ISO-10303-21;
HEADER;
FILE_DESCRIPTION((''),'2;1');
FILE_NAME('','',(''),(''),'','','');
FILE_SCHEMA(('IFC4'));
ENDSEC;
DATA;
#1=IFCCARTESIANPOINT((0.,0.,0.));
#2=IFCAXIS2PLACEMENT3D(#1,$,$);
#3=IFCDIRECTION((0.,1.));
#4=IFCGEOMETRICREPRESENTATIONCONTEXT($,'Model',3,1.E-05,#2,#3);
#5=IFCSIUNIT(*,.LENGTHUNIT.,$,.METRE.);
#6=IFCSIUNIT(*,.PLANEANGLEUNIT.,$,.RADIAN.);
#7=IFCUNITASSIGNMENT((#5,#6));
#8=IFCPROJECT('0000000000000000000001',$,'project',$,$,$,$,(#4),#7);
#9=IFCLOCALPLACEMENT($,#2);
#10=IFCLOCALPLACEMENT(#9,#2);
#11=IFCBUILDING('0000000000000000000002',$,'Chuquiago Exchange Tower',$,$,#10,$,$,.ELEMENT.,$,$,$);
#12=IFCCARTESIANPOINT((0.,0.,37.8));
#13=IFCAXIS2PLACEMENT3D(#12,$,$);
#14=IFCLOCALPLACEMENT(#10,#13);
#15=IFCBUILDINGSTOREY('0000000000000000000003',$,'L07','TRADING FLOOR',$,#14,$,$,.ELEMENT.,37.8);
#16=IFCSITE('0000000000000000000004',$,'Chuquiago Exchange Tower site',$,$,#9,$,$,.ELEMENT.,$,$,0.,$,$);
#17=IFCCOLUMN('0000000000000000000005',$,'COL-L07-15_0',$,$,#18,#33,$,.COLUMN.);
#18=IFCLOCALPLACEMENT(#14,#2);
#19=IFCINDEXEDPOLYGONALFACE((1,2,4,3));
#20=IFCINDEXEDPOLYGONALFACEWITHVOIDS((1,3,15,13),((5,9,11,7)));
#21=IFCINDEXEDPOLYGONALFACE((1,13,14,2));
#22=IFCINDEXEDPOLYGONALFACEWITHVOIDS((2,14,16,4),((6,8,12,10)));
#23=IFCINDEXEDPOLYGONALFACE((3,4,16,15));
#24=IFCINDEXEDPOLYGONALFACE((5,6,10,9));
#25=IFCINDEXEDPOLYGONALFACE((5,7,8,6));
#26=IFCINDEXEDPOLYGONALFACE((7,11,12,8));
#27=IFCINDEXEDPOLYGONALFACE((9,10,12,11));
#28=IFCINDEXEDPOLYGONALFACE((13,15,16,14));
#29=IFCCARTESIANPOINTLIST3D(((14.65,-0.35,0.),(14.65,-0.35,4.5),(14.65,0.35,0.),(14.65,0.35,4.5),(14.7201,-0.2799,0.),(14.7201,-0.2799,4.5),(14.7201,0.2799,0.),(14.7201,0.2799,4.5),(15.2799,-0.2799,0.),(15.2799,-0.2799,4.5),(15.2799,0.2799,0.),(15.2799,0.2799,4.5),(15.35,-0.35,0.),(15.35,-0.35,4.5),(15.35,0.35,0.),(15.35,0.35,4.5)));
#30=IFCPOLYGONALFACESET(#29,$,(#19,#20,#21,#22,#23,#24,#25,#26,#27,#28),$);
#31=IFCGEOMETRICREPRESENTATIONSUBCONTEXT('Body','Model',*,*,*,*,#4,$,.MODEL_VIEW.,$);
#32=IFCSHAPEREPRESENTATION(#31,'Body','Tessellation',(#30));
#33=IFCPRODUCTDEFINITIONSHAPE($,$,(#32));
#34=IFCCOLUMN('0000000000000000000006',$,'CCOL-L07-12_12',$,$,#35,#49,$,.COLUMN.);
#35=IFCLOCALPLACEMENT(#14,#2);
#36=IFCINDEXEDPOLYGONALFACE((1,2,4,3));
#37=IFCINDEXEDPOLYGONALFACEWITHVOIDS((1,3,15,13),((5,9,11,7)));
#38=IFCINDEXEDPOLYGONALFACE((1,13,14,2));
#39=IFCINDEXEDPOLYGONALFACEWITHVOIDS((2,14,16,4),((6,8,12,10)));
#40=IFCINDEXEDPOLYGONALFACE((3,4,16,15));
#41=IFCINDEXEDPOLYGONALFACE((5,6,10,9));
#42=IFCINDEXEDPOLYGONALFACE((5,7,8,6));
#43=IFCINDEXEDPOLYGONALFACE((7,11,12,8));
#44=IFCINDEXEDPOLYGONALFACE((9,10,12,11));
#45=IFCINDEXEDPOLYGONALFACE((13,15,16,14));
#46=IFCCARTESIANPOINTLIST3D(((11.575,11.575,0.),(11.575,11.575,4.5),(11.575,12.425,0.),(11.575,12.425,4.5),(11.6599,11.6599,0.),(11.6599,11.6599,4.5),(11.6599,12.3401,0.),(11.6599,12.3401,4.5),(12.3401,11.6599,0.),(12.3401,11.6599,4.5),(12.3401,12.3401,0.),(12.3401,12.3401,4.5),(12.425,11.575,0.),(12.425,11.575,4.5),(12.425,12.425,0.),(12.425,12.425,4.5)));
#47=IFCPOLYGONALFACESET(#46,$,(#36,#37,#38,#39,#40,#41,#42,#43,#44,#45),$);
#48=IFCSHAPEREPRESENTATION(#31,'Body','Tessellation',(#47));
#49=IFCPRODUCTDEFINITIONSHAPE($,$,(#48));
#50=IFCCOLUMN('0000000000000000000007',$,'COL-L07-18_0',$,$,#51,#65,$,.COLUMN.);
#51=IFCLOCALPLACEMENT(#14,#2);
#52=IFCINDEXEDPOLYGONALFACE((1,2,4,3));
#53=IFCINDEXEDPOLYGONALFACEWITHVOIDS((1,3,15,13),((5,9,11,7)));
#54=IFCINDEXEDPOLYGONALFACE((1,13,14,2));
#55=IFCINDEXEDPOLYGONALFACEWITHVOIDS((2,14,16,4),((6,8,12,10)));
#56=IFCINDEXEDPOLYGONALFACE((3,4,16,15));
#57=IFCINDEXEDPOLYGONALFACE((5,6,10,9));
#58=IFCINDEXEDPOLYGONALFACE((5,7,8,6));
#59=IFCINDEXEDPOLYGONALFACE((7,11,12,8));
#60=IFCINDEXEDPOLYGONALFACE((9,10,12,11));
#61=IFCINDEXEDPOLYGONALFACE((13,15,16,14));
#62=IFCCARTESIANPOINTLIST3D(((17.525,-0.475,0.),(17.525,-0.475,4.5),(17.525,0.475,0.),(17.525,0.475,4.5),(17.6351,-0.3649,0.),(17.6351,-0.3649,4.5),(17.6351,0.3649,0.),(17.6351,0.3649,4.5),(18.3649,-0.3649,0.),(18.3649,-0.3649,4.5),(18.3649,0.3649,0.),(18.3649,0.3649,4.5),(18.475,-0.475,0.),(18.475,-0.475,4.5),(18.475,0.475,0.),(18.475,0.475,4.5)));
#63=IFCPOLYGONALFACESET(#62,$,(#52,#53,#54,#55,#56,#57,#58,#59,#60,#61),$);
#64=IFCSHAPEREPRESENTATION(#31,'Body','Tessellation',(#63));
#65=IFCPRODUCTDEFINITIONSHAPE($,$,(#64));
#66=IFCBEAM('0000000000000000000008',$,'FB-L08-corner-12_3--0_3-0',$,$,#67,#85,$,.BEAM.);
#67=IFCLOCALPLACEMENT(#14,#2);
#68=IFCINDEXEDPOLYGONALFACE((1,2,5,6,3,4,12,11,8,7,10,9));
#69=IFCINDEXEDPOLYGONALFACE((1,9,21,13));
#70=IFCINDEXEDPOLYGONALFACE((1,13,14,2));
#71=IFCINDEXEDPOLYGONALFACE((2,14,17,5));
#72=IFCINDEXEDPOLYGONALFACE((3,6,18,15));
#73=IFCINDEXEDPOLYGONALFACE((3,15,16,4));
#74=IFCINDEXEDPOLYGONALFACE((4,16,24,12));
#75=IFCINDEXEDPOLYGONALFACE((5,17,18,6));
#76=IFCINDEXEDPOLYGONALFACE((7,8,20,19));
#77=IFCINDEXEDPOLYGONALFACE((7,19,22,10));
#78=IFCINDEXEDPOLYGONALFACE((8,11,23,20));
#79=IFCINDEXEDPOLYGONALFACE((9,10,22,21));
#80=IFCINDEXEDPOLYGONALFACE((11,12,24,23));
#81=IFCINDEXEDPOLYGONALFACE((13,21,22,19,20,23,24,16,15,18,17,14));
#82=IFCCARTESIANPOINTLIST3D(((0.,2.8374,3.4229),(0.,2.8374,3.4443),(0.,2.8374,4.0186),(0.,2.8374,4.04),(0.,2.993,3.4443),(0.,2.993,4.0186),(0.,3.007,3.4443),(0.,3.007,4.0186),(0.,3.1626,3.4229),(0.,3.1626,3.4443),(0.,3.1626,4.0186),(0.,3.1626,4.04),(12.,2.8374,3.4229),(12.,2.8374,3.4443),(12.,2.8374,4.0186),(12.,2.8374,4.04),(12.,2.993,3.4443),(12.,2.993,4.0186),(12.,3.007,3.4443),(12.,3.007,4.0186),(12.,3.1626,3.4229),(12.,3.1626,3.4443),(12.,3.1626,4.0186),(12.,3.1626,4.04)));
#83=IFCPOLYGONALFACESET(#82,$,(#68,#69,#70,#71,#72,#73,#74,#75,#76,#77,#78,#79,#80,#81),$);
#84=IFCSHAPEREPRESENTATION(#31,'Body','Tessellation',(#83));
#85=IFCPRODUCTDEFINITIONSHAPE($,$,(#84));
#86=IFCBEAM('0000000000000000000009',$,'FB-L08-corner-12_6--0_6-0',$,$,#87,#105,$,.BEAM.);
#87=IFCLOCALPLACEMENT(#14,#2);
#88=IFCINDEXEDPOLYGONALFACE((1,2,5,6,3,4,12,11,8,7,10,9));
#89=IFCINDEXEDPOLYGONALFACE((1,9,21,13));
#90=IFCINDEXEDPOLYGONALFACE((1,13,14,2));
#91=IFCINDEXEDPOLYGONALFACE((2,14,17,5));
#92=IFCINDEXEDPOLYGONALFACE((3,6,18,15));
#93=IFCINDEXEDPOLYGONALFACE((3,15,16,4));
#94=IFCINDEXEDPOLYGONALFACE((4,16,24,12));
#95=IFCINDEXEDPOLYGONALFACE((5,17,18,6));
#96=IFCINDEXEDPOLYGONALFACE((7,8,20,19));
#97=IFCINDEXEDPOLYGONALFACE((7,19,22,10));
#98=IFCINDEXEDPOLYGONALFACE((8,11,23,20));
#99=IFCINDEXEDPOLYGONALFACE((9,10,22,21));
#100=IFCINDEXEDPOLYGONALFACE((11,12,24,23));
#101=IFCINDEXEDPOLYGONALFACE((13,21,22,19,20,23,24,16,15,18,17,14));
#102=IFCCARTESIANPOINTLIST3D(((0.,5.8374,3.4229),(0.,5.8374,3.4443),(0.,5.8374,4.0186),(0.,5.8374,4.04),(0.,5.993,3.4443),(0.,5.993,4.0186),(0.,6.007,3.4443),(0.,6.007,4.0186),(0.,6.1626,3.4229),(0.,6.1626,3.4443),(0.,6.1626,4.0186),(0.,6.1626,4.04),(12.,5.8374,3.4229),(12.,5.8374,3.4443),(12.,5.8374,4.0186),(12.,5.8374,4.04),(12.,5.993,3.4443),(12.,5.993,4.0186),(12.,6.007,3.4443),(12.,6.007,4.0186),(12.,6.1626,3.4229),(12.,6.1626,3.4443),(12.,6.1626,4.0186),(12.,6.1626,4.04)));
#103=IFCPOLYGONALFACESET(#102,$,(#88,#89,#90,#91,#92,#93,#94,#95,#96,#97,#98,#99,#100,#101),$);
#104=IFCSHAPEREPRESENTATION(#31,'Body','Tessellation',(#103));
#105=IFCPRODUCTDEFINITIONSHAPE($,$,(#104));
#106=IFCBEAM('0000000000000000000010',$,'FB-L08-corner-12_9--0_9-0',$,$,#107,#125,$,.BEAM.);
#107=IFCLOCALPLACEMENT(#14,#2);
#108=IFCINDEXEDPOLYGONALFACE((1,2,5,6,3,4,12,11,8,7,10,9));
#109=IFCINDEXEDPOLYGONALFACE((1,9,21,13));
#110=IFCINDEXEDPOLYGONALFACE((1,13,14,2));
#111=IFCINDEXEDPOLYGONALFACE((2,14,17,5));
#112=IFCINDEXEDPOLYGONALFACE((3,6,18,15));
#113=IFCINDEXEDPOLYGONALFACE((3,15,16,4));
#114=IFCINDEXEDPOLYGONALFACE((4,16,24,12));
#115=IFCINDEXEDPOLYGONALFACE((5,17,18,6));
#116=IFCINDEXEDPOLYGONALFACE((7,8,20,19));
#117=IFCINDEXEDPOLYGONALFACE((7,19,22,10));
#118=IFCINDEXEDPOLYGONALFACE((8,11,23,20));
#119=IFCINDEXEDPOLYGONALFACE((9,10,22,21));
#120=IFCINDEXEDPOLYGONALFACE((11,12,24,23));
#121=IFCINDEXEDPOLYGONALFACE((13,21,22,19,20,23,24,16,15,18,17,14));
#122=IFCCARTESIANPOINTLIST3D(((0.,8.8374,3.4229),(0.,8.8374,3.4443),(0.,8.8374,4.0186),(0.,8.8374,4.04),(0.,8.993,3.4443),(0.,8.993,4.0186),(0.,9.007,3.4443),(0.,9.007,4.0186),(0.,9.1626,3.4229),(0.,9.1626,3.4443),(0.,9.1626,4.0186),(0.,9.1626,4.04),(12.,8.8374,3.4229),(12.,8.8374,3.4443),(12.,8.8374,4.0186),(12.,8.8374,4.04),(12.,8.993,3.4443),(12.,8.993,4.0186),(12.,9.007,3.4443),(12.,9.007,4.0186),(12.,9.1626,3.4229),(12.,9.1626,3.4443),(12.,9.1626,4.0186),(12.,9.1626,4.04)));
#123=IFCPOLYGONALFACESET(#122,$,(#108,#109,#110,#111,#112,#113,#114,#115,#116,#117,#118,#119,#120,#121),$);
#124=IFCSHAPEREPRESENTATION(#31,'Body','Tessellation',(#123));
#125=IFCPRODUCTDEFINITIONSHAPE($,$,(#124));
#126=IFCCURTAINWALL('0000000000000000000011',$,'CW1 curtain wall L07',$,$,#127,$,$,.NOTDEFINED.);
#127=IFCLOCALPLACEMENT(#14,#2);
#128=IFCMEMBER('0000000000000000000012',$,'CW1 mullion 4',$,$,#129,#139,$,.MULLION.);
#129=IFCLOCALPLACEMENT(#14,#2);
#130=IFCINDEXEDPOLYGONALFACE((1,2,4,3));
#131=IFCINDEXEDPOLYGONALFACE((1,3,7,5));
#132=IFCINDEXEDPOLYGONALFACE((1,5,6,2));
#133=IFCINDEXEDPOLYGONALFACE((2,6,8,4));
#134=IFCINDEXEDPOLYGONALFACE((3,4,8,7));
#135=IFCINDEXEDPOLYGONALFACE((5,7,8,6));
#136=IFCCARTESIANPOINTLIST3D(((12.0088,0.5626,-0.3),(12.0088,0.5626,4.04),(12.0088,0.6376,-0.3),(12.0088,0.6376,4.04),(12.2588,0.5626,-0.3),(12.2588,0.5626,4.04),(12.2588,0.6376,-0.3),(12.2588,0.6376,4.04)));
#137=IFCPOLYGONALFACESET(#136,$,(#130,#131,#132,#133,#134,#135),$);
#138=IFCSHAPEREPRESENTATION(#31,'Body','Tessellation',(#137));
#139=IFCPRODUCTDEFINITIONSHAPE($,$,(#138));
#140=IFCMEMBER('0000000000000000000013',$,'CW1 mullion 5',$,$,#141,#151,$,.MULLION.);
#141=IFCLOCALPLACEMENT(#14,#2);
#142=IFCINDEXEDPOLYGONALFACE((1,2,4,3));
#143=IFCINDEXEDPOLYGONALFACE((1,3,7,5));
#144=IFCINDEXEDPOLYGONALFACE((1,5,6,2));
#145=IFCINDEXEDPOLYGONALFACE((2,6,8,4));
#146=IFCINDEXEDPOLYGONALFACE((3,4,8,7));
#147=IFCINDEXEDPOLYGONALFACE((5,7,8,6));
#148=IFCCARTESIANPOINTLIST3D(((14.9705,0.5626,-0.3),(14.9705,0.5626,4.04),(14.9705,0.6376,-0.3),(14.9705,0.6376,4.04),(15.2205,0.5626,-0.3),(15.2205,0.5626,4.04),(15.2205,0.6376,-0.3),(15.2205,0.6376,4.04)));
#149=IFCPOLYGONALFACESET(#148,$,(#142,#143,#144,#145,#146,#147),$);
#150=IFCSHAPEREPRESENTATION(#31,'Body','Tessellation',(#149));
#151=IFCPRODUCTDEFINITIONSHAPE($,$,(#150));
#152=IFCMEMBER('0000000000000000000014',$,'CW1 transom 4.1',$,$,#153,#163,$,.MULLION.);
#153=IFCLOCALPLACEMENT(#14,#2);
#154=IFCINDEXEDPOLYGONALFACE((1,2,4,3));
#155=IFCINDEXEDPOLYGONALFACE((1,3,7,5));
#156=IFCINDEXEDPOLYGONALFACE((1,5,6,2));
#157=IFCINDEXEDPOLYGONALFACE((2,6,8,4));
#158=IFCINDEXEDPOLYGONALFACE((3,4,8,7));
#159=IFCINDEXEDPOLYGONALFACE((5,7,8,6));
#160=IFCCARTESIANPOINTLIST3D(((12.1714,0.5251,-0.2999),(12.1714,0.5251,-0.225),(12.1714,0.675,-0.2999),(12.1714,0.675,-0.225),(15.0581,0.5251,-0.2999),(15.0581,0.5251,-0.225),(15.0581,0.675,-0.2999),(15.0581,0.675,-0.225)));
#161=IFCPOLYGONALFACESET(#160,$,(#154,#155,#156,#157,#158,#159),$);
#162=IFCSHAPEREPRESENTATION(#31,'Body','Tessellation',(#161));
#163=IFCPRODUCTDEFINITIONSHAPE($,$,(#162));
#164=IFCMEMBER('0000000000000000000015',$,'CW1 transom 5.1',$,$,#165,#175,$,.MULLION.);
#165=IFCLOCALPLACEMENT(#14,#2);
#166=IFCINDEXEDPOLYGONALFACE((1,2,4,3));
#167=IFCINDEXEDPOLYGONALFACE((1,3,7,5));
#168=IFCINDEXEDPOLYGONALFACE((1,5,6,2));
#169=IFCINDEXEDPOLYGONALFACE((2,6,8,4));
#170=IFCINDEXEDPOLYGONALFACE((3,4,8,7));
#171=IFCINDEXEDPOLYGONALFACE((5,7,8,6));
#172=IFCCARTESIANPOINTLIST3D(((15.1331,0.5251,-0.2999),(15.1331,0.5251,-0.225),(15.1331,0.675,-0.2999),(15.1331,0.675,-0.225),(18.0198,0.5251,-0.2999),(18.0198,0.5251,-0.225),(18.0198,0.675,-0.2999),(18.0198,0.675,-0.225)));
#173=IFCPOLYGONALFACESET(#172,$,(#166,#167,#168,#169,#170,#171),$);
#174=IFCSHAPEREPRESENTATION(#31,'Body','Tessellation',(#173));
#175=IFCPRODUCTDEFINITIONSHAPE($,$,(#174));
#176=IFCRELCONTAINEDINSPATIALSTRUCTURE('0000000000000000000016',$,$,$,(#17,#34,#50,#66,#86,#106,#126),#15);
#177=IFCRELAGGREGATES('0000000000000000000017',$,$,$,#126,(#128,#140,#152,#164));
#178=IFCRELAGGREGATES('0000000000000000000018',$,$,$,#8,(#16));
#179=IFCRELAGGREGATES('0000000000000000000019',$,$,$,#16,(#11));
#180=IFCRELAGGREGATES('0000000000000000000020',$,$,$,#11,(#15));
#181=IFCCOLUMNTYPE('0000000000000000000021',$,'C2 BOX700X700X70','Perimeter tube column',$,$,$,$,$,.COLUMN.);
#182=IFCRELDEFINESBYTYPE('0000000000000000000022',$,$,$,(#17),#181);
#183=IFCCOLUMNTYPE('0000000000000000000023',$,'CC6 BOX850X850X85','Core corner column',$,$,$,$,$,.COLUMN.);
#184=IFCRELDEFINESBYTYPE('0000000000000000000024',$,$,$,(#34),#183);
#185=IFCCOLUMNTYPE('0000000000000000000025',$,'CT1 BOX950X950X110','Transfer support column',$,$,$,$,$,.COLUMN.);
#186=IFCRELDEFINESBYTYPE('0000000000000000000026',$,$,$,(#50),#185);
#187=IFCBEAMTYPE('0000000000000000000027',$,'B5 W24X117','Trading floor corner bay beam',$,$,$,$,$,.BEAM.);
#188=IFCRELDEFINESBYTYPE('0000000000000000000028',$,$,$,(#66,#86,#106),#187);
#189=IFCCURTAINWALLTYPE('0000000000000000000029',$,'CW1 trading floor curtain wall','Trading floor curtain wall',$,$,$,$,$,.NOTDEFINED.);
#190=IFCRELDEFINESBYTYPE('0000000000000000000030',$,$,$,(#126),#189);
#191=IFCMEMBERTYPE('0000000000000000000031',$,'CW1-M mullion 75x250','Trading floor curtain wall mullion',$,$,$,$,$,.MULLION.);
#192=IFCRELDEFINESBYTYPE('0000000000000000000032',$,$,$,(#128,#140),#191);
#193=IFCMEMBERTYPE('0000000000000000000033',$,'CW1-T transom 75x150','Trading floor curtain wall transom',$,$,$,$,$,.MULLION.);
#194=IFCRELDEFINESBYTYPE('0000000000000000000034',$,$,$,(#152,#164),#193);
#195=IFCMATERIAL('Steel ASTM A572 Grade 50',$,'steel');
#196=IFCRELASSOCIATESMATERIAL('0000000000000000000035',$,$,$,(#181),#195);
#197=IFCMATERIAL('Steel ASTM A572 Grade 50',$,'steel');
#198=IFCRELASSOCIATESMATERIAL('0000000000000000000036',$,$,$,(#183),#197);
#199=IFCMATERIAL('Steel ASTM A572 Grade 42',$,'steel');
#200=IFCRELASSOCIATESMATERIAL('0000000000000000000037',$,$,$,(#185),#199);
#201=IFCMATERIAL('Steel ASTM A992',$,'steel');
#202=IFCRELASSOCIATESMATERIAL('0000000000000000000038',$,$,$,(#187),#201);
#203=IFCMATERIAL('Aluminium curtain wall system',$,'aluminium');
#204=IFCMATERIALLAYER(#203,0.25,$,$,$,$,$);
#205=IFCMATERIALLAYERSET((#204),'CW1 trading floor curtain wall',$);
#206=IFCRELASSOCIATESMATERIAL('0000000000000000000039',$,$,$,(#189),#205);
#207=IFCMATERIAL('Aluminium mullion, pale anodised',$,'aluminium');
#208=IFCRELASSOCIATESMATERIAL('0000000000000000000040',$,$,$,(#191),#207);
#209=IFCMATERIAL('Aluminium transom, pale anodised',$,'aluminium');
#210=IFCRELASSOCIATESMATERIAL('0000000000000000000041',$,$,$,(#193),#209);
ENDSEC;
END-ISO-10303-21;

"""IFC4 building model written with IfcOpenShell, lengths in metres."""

from ifc_helpers import new_model, si_unit, direction, frame, origin, origin_2d, place, context, subcontext, project, spatial, rectangle, hollow_rectangle, i_section, extrude, material, layer, layer_set, material_profile, profile_set, type_object, element, aggregate, save


model = new_model("IFC4")

# Units and contexts
model_context = context("Model", 3, precision=1e-05, world=origin(), true_north=direction((0.0, 1.0)))
body_context = subcontext(model_context, "Body", "Model", "MODEL_VIEW")
ifc_project = project(units=[si_unit("LENGTHUNIT", "METRE"), si_unit("PLANEANGLEUNIT", "RADIAN")], contexts=[model_context])

# Site, building, storey
site_placement = place(None, origin())
site = spatial("IfcSite", under=ifc_project, at=site_placement, Name="Chuquiago Exchange Tower site", CompositionType="ELEMENT", RefElevation=0.0)
building_placement = place(site_placement, origin())
building = spatial("IfcBuilding", under=site, at=building_placement, Name="Chuquiago Exchange Tower", CompositionType="ELEMENT")
storey_placement = place(building_placement, frame((0.0, 0.0, 37.8)))
storey = spatial("IfcBuildingStorey", under=building, at=storey_placement, Name="L07", Description="TRADING FLOOR", CompositionType="ELEMENT", Elevation=37.8)

# Columns
ifc_material_1 = material(Name="Steel ASTM A572 Grade 50", Category="steel")
ifc_material_profile_1 = material_profile(ifc_material_1, hollow_rectangle(XDim=0.7, YDim=0.7, WallThickness=0.0701, at=origin_2d()), Name="BOX700X700X70")
ifc_profile_set_1 = profile_set([ifc_material_profile_1], Name="Steel ASTM A572 Grade 50")
column_type_1 = type_object("IfcColumnType", Name="C2 BOX700X700X70", Description="Perimeter tube column", PredefinedType="COLUMN", material=ifc_profile_set_1)
column_1_placement = place(storey_placement, frame((15.0, 0.0, 0.0), z_axis=(0.0, 0.0, 1.0), x_axis=(0.0, -1.0, 0.0)))
element("IfcColumn", 1, at=column_1_placement, inside=storey, type_object=column_type_1, Name="COL-L07-15_0", PredefinedType="COLUMN", context=body_context, shape_type="SweptSolid", body=[
    extrude(hollow_rectangle(XDim=0.7, YDim=0.7, WallThickness=0.0701, at=origin_2d()), origin(), (0.0, 0.0, 1.0), 4.5),
])
ifc_material_2 = material(Name="Steel ASTM A572 Grade 50", Category="steel")
ifc_material_profile_2 = material_profile(ifc_material_2, hollow_rectangle(XDim=0.8501, YDim=0.8501, WallThickness=0.085, at=origin_2d()), Name="BOX850X850X85")
ifc_profile_set_2 = profile_set([ifc_material_profile_2], Name="Steel ASTM A572 Grade 50")
column_type_2 = type_object("IfcColumnType", Name="CC6 BOX850X850X85", Description="Core corner column", PredefinedType="COLUMN", material=ifc_profile_set_2)
column_2_placement = place(storey_placement, frame((12.0, 12.0, 0.0), z_axis=(0.0, 0.0, 1.0), x_axis=(1.0, 0.0, 0.0)))
element("IfcColumn", 2, at=column_2_placement, inside=storey, type_object=column_type_2, Name="CCOL-L07-12_12", PredefinedType="COLUMN", context=body_context, shape_type="SweptSolid", body=[
    extrude(hollow_rectangle(XDim=0.8501, YDim=0.8501, WallThickness=0.085, at=origin_2d()), origin(), (0.0, 0.0, 1.0), 4.5),
])
ifc_material_3 = material(Name="Steel ASTM A572 Grade 42", Category="steel")
ifc_material_profile_3 = material_profile(ifc_material_3, hollow_rectangle(XDim=0.95, YDim=0.95, WallThickness=0.1101, at=origin_2d()), Name="BOX950X950X110")
ifc_profile_set_3 = profile_set([ifc_material_profile_3], Name="Steel ASTM A572 Grade 42")
column_type_3 = type_object("IfcColumnType", Name="CT1 BOX950X950X110", Description="Transfer support column", PredefinedType="COLUMN", material=ifc_profile_set_3)
column_3_placement = place(storey_placement, frame((18.0, 0.0, 0.0), z_axis=(0.0, 0.0, 1.0), x_axis=(0.0, -1.0, 0.0)))
element("IfcColumn", 3, at=column_3_placement, inside=storey, type_object=column_type_3, Name="COL-L07-18_0", PredefinedType="COLUMN", context=body_context, shape_type="SweptSolid", body=[
    extrude(hollow_rectangle(XDim=0.95, YDim=0.95, WallThickness=0.1101, at=origin_2d()), origin(), (0.0, 0.0, 1.0), 4.5),
])

# Beams
ifc_material_4 = material(Name="Steel ASTM A992", Category="steel")
ifc_material_profile_4 = material_profile(ifc_material_4, i_section(OverallWidth=0.3252, OverallDepth=0.6172, WebThickness=0.0139, FlangeThickness=0.0215, at=origin_2d()), Name="W24X117")
ifc_profile_set_4 = profile_set([ifc_material_profile_4], Name="Steel ASTM A992")
beam_type_1 = type_object("IfcBeamType", Name="B5 W24X117", Description="Trading floor corner bay beam", PredefinedType="BEAM", material=ifc_profile_set_4)
for number, where, z_axis, x_axis, name in (
    (4, (12.0, 3.0, 3.7314), (-1.0, 0.0, 0.0), (0.0, -1.0, 0.0), "FB-L08-corner-12_3--0_3-0"),
    (5, (12.0, 6.0, 3.7314), (-1.0, 0.0, 0.0), (0.0, -1.0, 0.0), "FB-L08-corner-12_6--0_6-0"),
    (6, (12.0, 9.0, 3.7314), (-1.0, 0.0, 0.0), (0.0, -1.0, 0.0), "FB-L08-corner-12_9--0_9-0"),
):
    element("IfcBeam", number, at=place(storey_placement, frame(where, z_axis=z_axis, x_axis=x_axis)), inside=storey, type_object=beam_type_1, Name=name, PredefinedType="BEAM", context=body_context, shape_type="SweptSolid", body=[
        extrude(i_section(OverallWidth=0.3252, OverallDepth=0.6172, WebThickness=0.0139, FlangeThickness=0.0215, at=origin_2d()), origin(), (0.0, 0.0, 1.0), 12.0),
    ])

# Curtain wall, members
ifc_material_5 = material(Name="Aluminium curtain wall system", Category="aluminium")
ifc_layer_1 = layer(ifc_material_5, 0.25)
ifc_layer_set_1 = layer_set([ifc_layer_1], Name="CW1 trading floor curtain wall")
curtain_wall_type = type_object("IfcCurtainWallType", Name="CW1 trading floor curtain wall", Description="Trading floor curtain wall", PredefinedType="NOTDEFINED", material=ifc_layer_set_1)
curtain_wall_placement = place(storey_placement, origin())
curtain_wall = element("IfcCurtainWall", 7, at=curtain_wall_placement, inside=storey, type_object=curtain_wall_type, Name="CW1 curtain wall L07", PredefinedType="NOTDEFINED")
ifc_material_6 = material(Name="Aluminium mullion, pale anodised", Category="aluminium")
ifc_material_profile_5 = material_profile(ifc_material_6, rectangle(XDim=0.075, YDim=0.25, at=origin_2d()), Name="AL 75x250")
ifc_profile_set_5 = profile_set([ifc_material_profile_5], Name="Aluminium mullion, pale anodised")
member_type_1 = type_object("IfcMemberType", Name="CW1-M mullion 75x250", Description="Trading floor curtain wall mullion", PredefinedType="MULLION", material=ifc_profile_set_5)
member_1_placement = place(storey_placement, frame((12.1338, 0.6001, -0.3), z_axis=(0.0, 0.0, 1.0), x_axis=(0.0, 1.0, 0.0)))
member_1 = element("IfcMember", 8, at=member_1_placement, type_object=member_type_1, Name="CW1 mullion 4", PredefinedType="MULLION", context=body_context, shape_type="SweptSolid", body=[
    extrude(rectangle(XDim=0.075, YDim=0.25, at=origin_2d()), origin(), (0.0, 0.0, 1.0), 4.3401),
])
member_2_placement = place(storey_placement, frame((15.0955, 0.6001, -0.3), z_axis=(0.0, 0.0, 1.0), x_axis=(0.0, 1.0, 0.0)))
member_2 = element("IfcMember", 9, at=member_2_placement, type_object=member_type_1, Name="CW1 mullion 5", PredefinedType="MULLION", context=body_context, shape_type="SweptSolid", body=[
    extrude(rectangle(XDim=0.075, YDim=0.25, at=origin_2d()), origin(), (0.0, 0.0, 1.0), 4.3401),
])
ifc_material_7 = material(Name="Aluminium transom, pale anodised", Category="aluminium")
ifc_material_profile_6 = material_profile(ifc_material_7, rectangle(XDim=0.1499, YDim=0.075, at=origin_2d()), Name="AL 150x75")
ifc_profile_set_6 = profile_set([ifc_material_profile_6], Name="Aluminium transom, pale anodised")
member_type_2 = type_object("IfcMemberType", Name="CW1-T transom 75x150", Description="Trading floor curtain wall transom", PredefinedType="MULLION", material=ifc_profile_set_6)
member_3_placement = place(storey_placement, frame((12.1714, 0.6001, -0.2625), z_axis=(1.0, 0.0, 0.0), x_axis=(0.0, 1.0, 0.0)))
member_3 = element("IfcMember", 10, at=member_3_placement, type_object=member_type_2, Name="CW1 transom 4.1", PredefinedType="MULLION", context=body_context, shape_type="SweptSolid", body=[
    extrude(rectangle(XDim=0.1499, YDim=0.075, at=origin_2d()), origin(), (0.0, 0.0, 1.0), 2.8867),
])
member_4_placement = place(storey_placement, frame((15.1331, 0.6001, -0.2625), z_axis=(1.0, 0.0, 0.0), x_axis=(0.0, 1.0, 0.0)))
member_4 = element("IfcMember", 11, at=member_4_placement, type_object=member_type_2, Name="CW1 transom 5.1", PredefinedType="MULLION", context=body_context, shape_type="SweptSolid", body=[
    extrude(rectangle(XDim=0.1499, YDim=0.075, at=origin_2d()), origin(), (0.0, 0.0, 1.0), 2.8867),
])

aggregate(curtain_wall, [member_1, member_2, member_3, member_4])

save(model, "model.ifc")
